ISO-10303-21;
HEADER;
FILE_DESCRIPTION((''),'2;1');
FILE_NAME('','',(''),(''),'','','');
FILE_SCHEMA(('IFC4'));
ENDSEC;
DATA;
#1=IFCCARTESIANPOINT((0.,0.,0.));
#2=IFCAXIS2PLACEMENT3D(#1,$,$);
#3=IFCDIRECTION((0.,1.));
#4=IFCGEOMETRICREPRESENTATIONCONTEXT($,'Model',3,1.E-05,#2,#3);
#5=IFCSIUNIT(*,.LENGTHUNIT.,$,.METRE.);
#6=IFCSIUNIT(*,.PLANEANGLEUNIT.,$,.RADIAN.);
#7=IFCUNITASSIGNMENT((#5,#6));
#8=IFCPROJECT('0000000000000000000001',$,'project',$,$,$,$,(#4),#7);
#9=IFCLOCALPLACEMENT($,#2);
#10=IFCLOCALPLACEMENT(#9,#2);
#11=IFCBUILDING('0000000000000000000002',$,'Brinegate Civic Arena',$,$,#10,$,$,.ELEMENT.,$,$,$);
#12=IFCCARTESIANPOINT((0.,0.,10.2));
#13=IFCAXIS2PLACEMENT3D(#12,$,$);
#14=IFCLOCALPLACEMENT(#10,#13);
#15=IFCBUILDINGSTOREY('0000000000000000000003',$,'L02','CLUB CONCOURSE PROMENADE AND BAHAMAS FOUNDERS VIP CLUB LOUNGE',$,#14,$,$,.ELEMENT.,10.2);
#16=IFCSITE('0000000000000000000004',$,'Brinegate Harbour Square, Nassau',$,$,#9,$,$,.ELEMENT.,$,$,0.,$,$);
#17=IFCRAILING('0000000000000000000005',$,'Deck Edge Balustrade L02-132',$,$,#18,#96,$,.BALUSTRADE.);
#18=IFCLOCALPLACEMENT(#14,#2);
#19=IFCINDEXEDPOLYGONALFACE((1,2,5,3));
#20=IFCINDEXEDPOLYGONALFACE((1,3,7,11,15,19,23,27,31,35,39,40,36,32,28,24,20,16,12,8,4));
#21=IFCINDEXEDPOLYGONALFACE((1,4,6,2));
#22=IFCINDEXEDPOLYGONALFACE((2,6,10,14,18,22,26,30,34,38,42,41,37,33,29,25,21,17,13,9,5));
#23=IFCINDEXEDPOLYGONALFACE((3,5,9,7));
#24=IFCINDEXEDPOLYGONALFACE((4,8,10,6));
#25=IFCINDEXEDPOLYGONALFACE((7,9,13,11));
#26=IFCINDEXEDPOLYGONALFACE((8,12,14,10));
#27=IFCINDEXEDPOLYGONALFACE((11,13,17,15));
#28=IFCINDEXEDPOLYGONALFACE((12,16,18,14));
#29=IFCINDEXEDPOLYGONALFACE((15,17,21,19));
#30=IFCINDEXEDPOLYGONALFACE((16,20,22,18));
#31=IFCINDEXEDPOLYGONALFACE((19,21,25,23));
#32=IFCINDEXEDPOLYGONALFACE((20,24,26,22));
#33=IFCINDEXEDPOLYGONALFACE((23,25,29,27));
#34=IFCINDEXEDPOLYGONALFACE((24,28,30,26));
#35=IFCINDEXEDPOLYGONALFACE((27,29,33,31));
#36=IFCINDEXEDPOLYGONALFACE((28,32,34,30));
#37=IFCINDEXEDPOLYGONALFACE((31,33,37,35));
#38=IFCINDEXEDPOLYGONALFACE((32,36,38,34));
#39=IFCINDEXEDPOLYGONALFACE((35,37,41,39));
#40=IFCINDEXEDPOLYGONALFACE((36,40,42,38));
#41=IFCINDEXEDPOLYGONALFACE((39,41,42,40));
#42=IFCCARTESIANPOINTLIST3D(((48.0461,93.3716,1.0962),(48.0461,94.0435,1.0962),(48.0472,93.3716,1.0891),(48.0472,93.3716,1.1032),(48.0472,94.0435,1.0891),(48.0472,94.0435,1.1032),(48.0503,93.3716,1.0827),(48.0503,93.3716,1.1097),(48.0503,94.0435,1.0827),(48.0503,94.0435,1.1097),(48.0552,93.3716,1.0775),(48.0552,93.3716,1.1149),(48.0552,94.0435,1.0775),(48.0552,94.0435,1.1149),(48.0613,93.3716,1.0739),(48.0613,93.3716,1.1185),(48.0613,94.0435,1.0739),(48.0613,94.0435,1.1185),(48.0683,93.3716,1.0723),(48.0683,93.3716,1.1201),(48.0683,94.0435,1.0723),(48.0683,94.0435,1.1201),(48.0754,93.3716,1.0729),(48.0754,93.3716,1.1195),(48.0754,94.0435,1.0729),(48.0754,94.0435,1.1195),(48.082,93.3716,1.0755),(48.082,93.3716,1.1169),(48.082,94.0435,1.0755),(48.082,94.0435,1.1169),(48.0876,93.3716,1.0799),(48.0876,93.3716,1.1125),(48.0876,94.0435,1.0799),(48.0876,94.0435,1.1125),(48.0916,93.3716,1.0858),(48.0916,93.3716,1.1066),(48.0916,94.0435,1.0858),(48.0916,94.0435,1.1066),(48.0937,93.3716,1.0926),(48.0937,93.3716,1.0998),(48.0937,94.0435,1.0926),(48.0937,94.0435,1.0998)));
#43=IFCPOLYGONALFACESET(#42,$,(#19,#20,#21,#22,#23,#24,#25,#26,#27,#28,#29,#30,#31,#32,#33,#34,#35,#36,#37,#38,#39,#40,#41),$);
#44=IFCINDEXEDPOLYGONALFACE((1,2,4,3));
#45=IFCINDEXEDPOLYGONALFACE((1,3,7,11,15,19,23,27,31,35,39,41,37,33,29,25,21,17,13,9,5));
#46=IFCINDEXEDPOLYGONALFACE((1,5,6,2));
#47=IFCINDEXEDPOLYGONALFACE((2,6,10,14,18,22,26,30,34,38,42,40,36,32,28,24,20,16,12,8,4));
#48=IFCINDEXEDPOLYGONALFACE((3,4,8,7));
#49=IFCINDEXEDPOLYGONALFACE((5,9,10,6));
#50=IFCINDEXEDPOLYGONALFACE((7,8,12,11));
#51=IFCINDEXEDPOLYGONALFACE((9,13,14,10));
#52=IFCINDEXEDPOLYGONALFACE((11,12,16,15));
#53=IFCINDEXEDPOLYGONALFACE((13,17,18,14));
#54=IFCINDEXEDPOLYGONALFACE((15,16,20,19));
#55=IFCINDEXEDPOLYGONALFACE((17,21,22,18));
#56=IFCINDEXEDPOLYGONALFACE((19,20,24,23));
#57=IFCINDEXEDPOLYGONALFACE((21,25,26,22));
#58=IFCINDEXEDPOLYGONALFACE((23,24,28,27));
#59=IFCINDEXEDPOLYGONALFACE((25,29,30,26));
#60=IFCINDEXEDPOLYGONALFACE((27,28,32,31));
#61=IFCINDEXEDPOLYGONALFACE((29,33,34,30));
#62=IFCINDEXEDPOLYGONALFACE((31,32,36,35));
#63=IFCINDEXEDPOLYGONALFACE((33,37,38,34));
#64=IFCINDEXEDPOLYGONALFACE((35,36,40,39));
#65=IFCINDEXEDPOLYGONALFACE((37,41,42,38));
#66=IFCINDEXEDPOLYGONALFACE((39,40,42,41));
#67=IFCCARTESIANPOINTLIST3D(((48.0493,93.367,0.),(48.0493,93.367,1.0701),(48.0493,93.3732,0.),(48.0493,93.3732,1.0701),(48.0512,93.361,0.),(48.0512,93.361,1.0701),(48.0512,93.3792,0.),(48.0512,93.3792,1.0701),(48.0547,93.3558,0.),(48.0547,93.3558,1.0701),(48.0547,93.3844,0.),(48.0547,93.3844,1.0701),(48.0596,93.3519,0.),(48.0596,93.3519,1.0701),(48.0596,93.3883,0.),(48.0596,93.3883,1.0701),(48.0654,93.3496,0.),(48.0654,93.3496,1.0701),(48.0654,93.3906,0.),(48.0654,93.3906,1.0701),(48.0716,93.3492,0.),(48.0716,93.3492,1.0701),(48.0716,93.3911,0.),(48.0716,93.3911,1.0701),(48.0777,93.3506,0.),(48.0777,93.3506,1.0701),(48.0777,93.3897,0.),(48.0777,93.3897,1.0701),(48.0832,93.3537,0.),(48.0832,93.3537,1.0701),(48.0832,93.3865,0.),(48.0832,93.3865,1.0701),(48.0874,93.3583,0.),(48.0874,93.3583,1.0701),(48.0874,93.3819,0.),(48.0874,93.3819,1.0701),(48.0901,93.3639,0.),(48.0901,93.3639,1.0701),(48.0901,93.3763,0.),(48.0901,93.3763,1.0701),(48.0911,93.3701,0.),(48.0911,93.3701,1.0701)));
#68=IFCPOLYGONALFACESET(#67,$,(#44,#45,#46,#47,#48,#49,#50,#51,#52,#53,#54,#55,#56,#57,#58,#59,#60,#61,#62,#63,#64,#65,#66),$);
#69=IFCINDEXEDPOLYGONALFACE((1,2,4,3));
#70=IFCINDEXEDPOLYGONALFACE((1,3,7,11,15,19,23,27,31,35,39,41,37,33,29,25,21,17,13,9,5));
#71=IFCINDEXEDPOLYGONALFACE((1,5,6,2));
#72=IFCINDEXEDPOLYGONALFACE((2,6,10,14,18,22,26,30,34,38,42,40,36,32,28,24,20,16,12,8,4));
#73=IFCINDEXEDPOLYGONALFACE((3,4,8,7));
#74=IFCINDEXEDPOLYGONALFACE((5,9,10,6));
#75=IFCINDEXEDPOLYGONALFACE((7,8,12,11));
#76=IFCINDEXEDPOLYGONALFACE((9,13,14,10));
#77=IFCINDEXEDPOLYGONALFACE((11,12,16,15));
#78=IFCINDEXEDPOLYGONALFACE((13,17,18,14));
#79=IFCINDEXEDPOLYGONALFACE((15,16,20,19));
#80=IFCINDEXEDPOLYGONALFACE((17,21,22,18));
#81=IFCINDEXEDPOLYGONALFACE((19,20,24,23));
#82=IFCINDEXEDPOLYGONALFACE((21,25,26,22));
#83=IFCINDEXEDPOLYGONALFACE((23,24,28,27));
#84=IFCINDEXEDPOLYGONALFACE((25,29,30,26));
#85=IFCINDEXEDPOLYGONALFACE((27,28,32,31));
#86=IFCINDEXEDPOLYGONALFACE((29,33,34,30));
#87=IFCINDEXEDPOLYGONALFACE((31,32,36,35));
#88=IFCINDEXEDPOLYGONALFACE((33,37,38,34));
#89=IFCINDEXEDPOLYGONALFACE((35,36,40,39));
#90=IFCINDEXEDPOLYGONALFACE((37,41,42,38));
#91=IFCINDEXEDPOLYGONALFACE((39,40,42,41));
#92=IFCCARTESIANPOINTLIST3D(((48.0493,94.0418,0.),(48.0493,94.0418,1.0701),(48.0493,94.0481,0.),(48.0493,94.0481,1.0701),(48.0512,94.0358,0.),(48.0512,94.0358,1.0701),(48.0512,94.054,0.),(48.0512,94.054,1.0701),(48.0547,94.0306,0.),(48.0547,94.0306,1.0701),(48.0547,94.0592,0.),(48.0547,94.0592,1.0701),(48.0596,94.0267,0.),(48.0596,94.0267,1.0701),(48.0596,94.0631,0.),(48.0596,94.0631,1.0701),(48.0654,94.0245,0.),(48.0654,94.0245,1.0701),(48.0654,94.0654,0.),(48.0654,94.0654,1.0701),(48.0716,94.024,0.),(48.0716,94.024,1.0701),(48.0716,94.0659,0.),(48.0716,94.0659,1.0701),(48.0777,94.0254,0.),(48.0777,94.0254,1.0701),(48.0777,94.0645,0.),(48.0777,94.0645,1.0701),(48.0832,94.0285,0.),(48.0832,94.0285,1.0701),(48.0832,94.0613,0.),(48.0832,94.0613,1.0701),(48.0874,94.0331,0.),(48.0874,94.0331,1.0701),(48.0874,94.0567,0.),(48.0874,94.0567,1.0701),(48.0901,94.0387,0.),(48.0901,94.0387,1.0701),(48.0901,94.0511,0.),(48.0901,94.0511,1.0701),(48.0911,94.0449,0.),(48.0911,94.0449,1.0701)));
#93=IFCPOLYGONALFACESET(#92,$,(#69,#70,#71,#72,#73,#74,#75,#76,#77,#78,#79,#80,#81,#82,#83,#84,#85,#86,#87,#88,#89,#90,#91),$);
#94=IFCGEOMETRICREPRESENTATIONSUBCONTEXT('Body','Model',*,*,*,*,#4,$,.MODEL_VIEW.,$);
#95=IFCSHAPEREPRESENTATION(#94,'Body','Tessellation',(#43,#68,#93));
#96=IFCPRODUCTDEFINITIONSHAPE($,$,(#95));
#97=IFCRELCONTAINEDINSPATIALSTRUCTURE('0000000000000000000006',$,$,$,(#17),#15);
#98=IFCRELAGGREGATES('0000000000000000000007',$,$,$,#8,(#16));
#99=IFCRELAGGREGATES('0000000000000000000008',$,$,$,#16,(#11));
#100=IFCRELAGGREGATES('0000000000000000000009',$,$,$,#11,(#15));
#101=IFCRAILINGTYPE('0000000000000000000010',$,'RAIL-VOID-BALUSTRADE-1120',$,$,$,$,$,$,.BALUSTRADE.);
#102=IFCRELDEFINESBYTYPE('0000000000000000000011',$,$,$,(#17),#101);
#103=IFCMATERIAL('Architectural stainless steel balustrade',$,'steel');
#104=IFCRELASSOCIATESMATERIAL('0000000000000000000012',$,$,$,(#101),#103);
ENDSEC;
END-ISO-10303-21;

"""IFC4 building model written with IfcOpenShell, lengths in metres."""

from ifc_helpers import new_model, si_unit, direction, frame, origin, origin_2d, place, context, subcontext, project, spatial, circle, extrude, material, type_object, element, save


model = new_model("IFC4")

# Units and contexts
model_context = context("Model", 3, precision=1e-05, world=origin(), true_north=direction((0.0, 1.0)))
body_context = subcontext(model_context, "Body", "Model", "MODEL_VIEW")
ifc_project = project(units=[si_unit("LENGTHUNIT", "METRE"), si_unit("PLANEANGLEUNIT", "RADIAN")], contexts=[model_context])

# Site, building, storey
site_placement = place(None, origin())
site = spatial("IfcSite", under=ifc_project, at=site_placement, Name="Brinegate Harbour Square, Nassau", CompositionType="ELEMENT", RefElevation=0.0)
building_placement = place(site_placement, origin())
building = spatial("IfcBuilding", under=site, at=building_placement, Name="Brinegate Civic Arena", CompositionType="ELEMENT")
storey_placement = place(building_placement, frame((0.0, 0.0, 10.2)))
storey = spatial("IfcBuildingStorey", under=building, at=storey_placement, Name="L02", Description="CLUB CONCOURSE PROMENADE AND BAHAMAS FOUNDERS VIP CLUB LOUNGE", CompositionType="ELEMENT", Elevation=10.2)

# Shared definitions
ifc_material_1 = material(Name="Architectural stainless steel balustrade", Category="steel")

# Railing
railing_type = type_object("IfcRailingType", Name="RAIL-VOID-BALUSTRADE-1120", PredefinedType="BALUSTRADE", material=ifc_material_1)
for number, where, name in (
    (1, (48.0701, 93.3701, 0.0), "Deck Edge Balustrade L02-132"),
):
    element("IfcRailing", number, at=place(storey_placement, frame(where)), inside=storey, type_object=railing_type, Name=name, PredefinedType="BALUSTRADE", context=body_context, shape_type="SweptSolid", body=[
        extrude(circle(Radius=0.0239, at=origin_2d()), frame((0.0, 0.0015, 1.0962), z_axis=(0.0, 1.0, 0.0), x_axis=(-1.0, 0.0, 0.0)), (0.0, 0.0, 1.0), 0.6719),
        extrude(circle(Radius=0.021, at=origin_2d()), origin(), (0.0, 0.0, 1.0), 1.0701),
        extrude(circle(Radius=0.021, at=origin_2d()), frame((0.0, 0.6748, 0.0)), (0.0, 0.0, 1.0), 1.0701),
    ])

save(model, "model.ifc")
